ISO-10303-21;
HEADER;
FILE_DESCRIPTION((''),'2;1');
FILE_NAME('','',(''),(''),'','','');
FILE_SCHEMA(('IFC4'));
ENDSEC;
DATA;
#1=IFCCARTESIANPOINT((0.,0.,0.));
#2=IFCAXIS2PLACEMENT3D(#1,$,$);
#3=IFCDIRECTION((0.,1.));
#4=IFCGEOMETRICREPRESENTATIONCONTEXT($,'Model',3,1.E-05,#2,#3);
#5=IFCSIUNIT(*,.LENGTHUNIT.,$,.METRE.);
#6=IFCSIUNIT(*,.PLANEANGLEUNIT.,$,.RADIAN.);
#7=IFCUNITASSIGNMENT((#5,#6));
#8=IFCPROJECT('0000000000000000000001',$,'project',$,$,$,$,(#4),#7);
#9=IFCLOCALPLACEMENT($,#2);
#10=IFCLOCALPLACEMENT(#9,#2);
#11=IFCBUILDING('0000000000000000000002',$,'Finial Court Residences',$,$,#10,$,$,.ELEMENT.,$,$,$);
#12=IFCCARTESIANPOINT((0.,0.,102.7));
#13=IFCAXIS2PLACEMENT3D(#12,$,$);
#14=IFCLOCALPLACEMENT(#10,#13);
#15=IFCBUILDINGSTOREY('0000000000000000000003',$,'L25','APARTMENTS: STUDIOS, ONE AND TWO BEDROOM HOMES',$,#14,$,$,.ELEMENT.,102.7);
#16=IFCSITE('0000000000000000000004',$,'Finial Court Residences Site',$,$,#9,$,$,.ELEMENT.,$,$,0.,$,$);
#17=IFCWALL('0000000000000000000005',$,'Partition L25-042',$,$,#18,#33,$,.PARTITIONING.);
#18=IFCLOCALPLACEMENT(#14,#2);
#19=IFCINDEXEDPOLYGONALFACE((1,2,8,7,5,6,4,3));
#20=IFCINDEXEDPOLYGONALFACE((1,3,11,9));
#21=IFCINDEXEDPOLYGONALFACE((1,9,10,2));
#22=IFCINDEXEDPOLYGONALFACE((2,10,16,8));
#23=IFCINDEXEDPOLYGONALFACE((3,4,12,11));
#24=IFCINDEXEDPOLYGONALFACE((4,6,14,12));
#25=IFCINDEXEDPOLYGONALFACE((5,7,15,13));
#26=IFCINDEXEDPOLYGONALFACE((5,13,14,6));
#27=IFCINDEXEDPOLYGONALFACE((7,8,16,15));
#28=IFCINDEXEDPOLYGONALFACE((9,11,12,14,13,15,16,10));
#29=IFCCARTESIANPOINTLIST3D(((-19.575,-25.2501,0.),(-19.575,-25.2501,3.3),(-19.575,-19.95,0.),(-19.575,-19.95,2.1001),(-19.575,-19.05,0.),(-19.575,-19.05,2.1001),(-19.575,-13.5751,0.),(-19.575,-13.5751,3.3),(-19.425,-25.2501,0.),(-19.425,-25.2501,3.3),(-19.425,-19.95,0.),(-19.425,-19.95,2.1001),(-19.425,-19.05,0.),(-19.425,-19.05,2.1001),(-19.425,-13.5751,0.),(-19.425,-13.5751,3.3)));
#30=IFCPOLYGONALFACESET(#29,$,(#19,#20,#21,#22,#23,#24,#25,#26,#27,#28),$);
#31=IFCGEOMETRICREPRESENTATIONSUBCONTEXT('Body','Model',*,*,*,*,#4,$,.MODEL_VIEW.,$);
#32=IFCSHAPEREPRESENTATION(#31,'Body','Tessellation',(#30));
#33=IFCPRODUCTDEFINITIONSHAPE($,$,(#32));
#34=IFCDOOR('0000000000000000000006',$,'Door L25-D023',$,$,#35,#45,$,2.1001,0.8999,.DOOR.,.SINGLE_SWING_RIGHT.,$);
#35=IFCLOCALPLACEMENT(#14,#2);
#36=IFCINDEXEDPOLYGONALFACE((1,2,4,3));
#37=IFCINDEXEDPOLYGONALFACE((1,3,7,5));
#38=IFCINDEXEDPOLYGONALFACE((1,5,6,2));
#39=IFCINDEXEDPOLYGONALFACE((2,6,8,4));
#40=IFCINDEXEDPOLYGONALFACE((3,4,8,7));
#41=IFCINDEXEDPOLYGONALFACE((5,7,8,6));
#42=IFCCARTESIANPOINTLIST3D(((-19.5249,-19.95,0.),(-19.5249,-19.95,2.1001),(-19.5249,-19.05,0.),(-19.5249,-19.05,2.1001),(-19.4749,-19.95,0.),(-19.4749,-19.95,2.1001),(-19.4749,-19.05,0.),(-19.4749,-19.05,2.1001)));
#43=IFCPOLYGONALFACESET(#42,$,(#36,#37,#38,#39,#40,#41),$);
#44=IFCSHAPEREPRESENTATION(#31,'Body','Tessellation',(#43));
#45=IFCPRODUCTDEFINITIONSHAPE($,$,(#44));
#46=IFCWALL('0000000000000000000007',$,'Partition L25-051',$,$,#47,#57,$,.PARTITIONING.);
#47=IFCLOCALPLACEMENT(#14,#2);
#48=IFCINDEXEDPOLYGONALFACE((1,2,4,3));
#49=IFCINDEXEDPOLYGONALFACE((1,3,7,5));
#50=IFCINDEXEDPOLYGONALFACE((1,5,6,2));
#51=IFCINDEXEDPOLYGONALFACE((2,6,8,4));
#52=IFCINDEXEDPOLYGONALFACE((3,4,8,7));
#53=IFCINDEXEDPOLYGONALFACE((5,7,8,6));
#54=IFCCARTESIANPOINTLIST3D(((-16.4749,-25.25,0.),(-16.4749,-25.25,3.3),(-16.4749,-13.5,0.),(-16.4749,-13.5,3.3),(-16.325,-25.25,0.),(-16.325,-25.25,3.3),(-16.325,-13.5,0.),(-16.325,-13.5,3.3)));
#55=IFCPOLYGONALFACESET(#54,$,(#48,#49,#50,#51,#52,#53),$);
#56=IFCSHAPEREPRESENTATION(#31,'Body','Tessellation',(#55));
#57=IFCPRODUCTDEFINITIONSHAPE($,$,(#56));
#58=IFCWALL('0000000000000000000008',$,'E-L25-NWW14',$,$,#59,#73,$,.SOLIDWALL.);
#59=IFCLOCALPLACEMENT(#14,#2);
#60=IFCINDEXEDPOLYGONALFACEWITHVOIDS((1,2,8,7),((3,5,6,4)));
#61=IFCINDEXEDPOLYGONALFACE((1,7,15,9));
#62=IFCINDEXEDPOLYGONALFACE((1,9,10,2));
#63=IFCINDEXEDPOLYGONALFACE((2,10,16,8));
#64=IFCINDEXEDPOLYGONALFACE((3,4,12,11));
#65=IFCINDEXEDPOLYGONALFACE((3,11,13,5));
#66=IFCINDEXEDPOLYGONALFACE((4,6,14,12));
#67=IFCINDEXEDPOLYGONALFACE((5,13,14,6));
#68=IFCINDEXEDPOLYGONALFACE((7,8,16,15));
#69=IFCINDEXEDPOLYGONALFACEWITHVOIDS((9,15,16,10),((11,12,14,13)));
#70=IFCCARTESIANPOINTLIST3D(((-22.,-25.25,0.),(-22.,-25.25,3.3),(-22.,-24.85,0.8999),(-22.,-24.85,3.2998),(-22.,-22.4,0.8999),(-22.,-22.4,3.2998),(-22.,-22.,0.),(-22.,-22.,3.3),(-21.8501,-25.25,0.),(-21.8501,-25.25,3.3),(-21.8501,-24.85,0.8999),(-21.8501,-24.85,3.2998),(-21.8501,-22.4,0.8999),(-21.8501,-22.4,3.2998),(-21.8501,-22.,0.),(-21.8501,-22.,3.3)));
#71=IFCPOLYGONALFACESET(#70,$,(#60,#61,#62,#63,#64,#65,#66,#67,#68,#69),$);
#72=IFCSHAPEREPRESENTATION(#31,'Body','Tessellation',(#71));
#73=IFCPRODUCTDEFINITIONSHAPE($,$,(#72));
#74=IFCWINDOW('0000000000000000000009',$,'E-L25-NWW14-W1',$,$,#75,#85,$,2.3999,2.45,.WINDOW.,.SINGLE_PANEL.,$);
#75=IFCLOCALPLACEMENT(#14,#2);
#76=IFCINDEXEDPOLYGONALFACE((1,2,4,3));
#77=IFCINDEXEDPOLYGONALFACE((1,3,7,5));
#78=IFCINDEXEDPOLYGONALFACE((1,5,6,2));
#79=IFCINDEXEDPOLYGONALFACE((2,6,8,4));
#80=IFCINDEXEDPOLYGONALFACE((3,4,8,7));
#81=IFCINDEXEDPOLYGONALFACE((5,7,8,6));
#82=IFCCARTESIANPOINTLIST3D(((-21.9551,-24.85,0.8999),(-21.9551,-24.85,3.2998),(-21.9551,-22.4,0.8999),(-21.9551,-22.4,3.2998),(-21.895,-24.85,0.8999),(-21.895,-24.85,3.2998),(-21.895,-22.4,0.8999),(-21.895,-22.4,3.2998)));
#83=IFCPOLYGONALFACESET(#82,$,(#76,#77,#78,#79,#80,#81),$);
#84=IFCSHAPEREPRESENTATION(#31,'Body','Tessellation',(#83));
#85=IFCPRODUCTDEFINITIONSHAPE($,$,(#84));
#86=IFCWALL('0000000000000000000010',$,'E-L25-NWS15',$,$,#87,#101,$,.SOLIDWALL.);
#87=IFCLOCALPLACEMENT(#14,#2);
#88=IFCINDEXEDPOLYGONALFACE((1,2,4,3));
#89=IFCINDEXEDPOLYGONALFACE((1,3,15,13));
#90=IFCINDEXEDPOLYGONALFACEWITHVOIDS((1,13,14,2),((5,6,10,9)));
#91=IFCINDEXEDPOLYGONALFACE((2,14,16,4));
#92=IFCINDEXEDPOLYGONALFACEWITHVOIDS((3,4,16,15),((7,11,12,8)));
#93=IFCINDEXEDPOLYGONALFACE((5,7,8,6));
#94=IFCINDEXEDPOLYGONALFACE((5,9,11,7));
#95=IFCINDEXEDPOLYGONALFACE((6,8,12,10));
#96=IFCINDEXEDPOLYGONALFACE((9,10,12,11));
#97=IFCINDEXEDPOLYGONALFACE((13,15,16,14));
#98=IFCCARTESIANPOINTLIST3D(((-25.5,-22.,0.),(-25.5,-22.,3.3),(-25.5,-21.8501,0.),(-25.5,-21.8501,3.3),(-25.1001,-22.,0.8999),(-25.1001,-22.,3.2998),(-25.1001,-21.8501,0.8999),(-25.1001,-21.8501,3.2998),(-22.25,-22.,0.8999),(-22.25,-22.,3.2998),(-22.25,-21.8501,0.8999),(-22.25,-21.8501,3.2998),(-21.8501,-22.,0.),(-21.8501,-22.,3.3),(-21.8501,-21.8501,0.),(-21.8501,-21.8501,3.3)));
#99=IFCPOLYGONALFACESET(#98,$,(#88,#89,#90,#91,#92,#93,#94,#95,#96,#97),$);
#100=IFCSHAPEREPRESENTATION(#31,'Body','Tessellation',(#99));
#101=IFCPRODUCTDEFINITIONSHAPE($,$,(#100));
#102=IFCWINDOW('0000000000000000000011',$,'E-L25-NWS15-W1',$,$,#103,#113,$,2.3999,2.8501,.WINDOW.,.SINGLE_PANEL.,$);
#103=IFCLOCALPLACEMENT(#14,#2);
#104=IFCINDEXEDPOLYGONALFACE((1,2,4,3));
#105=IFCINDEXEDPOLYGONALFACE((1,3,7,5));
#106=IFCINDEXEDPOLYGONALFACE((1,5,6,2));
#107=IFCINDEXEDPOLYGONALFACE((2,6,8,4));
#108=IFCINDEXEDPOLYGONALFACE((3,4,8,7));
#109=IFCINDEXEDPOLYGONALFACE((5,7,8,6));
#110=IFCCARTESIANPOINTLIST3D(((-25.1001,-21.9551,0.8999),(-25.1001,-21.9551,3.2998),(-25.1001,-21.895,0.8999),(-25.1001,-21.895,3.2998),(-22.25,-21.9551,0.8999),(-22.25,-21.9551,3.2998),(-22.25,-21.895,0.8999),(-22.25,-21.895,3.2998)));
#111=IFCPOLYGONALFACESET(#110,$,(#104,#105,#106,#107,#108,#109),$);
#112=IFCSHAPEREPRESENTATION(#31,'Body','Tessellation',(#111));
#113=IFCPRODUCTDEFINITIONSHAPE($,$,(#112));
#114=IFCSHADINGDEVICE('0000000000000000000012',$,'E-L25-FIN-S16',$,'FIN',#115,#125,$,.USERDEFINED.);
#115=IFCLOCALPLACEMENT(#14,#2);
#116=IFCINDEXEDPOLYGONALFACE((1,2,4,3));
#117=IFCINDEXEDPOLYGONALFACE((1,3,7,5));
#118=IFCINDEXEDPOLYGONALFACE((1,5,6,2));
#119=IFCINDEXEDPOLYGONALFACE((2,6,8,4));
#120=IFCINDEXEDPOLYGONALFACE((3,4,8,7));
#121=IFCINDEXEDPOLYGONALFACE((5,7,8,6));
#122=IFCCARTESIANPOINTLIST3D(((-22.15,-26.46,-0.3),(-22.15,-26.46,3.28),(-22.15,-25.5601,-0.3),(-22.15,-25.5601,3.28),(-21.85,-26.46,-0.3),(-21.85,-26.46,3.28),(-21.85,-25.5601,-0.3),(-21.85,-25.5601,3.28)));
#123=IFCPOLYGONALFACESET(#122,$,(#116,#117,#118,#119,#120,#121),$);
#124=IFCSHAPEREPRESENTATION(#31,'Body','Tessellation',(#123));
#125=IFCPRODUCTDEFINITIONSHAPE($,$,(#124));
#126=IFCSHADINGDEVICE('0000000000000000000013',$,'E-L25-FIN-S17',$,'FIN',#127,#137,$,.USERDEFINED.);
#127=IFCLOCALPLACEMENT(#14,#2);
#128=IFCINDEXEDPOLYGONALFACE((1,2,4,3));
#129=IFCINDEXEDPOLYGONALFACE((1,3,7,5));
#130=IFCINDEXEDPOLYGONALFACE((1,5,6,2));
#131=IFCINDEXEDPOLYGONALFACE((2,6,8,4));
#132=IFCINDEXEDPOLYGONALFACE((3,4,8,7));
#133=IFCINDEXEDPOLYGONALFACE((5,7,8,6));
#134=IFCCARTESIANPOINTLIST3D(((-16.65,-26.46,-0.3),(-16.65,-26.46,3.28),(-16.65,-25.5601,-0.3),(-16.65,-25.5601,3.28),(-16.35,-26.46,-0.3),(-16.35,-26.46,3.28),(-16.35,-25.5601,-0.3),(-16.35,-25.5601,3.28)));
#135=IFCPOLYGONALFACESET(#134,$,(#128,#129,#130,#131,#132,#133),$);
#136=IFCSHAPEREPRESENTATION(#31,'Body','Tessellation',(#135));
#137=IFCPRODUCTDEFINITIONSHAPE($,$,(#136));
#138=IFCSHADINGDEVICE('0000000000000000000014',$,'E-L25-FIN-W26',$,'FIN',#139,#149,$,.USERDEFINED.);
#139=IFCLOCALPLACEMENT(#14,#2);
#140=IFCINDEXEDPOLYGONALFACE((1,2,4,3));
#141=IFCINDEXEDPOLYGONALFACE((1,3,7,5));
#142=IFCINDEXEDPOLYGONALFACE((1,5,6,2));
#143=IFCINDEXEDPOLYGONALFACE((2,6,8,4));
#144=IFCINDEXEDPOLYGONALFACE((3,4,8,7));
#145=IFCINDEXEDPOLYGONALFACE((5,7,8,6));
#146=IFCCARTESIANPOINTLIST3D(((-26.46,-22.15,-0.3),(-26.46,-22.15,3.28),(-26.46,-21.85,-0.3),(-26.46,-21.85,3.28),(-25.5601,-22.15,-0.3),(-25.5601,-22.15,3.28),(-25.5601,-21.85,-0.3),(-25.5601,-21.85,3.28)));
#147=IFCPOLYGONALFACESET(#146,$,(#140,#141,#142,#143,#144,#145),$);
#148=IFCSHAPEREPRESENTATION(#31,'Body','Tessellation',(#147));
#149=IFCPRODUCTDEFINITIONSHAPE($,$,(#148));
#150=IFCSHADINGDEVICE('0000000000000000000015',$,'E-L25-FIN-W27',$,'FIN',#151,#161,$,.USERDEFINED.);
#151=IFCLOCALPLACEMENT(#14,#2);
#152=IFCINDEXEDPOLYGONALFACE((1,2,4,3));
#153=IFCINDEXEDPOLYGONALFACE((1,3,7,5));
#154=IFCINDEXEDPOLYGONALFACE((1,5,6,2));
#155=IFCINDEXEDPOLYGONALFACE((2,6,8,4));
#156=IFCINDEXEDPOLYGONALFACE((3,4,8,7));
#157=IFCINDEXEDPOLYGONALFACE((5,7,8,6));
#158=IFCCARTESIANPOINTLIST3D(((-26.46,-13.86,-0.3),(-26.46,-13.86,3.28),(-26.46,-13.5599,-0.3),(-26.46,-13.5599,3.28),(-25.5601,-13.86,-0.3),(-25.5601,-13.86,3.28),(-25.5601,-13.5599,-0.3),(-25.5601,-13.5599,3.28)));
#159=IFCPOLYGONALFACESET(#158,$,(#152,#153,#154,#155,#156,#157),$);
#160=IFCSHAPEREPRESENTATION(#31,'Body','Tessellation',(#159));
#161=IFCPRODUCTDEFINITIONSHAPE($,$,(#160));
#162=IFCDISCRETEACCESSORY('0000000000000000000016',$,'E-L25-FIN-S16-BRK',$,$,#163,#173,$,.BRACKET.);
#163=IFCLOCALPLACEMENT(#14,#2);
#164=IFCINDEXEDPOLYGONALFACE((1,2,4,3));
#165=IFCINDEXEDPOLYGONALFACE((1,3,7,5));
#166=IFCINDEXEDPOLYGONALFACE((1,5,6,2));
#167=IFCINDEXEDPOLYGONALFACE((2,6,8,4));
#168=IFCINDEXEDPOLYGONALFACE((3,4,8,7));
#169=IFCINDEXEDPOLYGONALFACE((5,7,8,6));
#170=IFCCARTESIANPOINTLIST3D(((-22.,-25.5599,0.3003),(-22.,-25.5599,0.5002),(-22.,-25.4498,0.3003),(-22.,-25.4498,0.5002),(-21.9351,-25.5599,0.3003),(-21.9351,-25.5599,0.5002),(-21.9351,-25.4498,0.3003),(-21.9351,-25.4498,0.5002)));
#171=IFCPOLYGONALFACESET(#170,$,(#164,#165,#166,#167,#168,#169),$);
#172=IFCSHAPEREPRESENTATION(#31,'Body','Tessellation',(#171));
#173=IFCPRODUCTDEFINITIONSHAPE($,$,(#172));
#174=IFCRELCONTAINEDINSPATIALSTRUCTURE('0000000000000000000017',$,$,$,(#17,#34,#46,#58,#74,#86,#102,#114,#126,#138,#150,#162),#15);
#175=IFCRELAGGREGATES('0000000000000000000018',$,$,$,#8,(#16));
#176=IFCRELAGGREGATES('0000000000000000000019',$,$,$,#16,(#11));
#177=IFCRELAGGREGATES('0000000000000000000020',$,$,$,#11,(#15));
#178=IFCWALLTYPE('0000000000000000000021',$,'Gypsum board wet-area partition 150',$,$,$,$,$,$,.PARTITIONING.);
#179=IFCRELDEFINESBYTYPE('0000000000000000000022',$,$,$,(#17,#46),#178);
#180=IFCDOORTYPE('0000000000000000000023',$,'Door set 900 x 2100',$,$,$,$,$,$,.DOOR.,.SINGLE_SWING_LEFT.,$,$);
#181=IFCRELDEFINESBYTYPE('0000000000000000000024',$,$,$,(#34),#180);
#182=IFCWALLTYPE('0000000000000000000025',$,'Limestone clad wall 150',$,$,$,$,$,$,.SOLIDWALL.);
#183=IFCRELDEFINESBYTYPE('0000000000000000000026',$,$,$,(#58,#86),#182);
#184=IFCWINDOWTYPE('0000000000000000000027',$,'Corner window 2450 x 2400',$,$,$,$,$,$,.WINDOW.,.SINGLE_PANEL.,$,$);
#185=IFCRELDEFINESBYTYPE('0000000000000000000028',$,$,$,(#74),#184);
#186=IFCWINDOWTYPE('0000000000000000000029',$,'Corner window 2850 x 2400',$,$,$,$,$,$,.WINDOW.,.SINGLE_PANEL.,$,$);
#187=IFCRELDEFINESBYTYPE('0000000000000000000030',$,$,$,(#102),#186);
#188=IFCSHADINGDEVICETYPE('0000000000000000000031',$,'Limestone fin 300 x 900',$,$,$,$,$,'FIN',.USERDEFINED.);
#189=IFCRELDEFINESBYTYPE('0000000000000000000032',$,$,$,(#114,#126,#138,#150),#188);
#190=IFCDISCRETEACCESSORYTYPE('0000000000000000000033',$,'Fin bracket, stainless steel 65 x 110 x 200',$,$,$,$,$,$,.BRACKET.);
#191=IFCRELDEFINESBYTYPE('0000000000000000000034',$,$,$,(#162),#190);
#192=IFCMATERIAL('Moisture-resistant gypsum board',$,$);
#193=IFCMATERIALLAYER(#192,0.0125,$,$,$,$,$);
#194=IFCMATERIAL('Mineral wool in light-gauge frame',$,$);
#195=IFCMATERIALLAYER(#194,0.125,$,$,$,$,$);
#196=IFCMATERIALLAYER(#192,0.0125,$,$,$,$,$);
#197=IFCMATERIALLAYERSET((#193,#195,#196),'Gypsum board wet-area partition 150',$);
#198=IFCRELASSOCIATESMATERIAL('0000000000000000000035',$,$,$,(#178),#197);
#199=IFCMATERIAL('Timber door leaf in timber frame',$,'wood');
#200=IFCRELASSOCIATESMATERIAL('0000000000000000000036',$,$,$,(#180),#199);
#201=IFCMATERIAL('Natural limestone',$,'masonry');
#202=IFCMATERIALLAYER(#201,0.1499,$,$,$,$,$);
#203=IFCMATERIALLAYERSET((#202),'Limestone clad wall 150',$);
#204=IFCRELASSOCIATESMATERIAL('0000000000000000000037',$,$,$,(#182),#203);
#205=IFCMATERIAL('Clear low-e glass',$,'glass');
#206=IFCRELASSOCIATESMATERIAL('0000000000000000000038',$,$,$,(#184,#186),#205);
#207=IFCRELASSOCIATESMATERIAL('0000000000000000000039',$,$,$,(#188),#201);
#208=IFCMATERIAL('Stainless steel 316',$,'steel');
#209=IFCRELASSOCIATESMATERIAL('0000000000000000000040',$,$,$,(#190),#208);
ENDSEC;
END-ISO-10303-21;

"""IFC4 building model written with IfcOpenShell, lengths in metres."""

from ifc_helpers import new_model, si_unit, direction, frame, frame_2d, origin, origin_2d, place, context, subcontext, project, spatial, rectangle, extrude, material, layer, layer_set, type_object, element, fill, save


model = new_model("IFC4")

# Units and contexts
model_context = context("Model", 3, precision=1e-05, world=origin(), true_north=direction((0.0, 1.0)))
body_context = subcontext(model_context, "Body", "Model", "MODEL_VIEW")
ifc_project = project(units=[si_unit("LENGTHUNIT", "METRE"), si_unit("PLANEANGLEUNIT", "RADIAN")], contexts=[model_context])

# Site, building, storey
site_placement = place(None, origin())
site = spatial("IfcSite", under=ifc_project, at=site_placement, Name="Finial Court Residences Site", CompositionType="ELEMENT", RefElevation=0.0)
building_placement = place(site_placement, origin())
building = spatial("IfcBuilding", under=site, at=building_placement, Name="Finial Court Residences", CompositionType="ELEMENT")
storey_placement = place(building_placement, frame((0.0, 0.0, 102.7)))
storey = spatial("IfcBuildingStorey", under=building, at=storey_placement, Name="L25", Description="APARTMENTS: STUDIOS, ONE AND TWO BEDROOM HOMES", CompositionType="ELEMENT", Elevation=102.7)

# Shared definitions
ifc_material_1 = material(Name="Clear low-e glass", Category="glass")

# Wall, opening, door
ifc_material_2 = material(Name="Moisture-resistant gypsum board")
ifc_layer_1 = layer(ifc_material_2, 0.0125)
ifc_material_3 = material(Name="Mineral wool in light-gauge frame")
ifc_layer_2 = layer(ifc_material_3, 0.125)
ifc_layer_3 = layer(ifc_material_2, 0.0125)
ifc_layer_set_1 = layer_set([ifc_layer_1, ifc_layer_2, ifc_layer_3], Name="Gypsum board wet-area partition 150")
wall_type_1 = type_object("IfcWallType", Name="Gypsum board wet-area partition 150", PredefinedType="PARTITIONING", material=ifc_layer_set_1)
wall_1_placement = place(storey_placement, frame((-19.5, -25.25, 0.0), z_axis=(0.0, 0.0, 1.0), x_axis=(0.0, 1.0, 0.0)))
wall_1 = element("IfcWall", 1, at=wall_1_placement, inside=storey, type_object=wall_type_1, Name="Partition L25-042", PredefinedType="PARTITIONING", context=body_context, shape_type="SweptSolid", body=[
    extrude(rectangle(XDim=11.675, YDim=0.1499, at=frame_2d((5.8374, 0.0))), origin(), (0.0, 0.0, 1.0), 3.3),
])
opening_1_placement = place(wall_1_placement, frame((5.3, 0.0, 0.0)))
opening_1 = element("IfcOpeningElement", 2, at=opening_1_placement, cuts=wall_1, PredefinedType="OPENING", context=body_context, shape_type="SweptSolid", body=[
    extrude(rectangle(XDim=0.8999, YDim=2.1001, at=frame_2d((0.45, 1.05))), frame((0.0, 0.085, 0.0), z_axis=(0.0, -1.0, 0.0), x_axis=(1.0, 0.0, 0.0)), (0.0, 0.0, 1.0), 0.1699),
])
ifc_material_4 = material(Name="Timber door leaf in timber frame", Category="wood")
door_type = type_object("IfcDoorType", Name="Door set 900 x 2100", OperationType="SINGLE_SWING_LEFT", PredefinedType="DOOR", material=ifc_material_4)
door_placement = place(opening_1_placement, origin())
door = element("IfcDoor", 3, at=door_placement, inside=storey, type_object=door_type, Name="Door L25-D023", OperationType="SINGLE_SWING_RIGHT", OverallHeight=2.1001, OverallWidth=0.8999, PredefinedType="DOOR", context=body_context, shape_type="SweptSolid", body=[
    extrude(rectangle(XDim=0.8999, YDim=2.1001, at=frame_2d((0.45, 1.05))), frame((0.0, 0.0249, 0.0), z_axis=(0.0, -1.0, 0.0), x_axis=(1.0, 0.0, 0.0)), (0.0, 0.0, 1.0), 0.05),
])
fill(opening_1, door)

# Wall
wall_2_placement = place(storey_placement, frame((-16.3999, -25.25, 0.0), z_axis=(0.0, 0.0, 1.0), x_axis=(0.0, 1.0, 0.0)))
element("IfcWall", 4, at=wall_2_placement, inside=storey, type_object=wall_type_1, Name="Partition L25-051", PredefinedType="PARTITIONING", context=body_context, shape_type="SweptSolid", body=[
    extrude(rectangle(XDim=11.75, YDim=0.1499, at=frame_2d((5.875, 0.0))), origin(), (0.0, 0.0, 1.0), 3.3),
])

# Walls, openings, windows
ifc_material_5 = material(Name="Natural limestone", Category="masonry")
ifc_layer_4 = layer(ifc_material_5, 0.1499)
ifc_layer_set_2 = layer_set([ifc_layer_4], Name="Limestone clad wall 150")
wall_type_2 = type_object("IfcWallType", Name="Limestone clad wall 150", PredefinedType="SOLIDWALL", material=ifc_layer_set_2)
wall_3_placement = place(storey_placement, frame((-21.925, -25.25, 0.0), z_axis=(0.0, 0.0, 1.0), x_axis=(0.0, 1.0, 0.0)))
wall_3 = element("IfcWall", 5, at=wall_3_placement, inside=storey, type_object=wall_type_2, Name="E-L25-NWW14", PredefinedType="SOLIDWALL", context=body_context, shape_type="SweptSolid", body=[
    extrude(rectangle(XDim=3.25, YDim=0.1499, at=frame_2d((1.625, 0.0))), origin(), (0.0, 0.0, 1.0), 3.3),
])
opening_2_placement = place(wall_3_placement, frame((0.3999, 0.0, 0.8999)))
opening_2 = element("IfcOpeningElement", 6, at=opening_2_placement, cuts=wall_3, PredefinedType="OPENING", context=body_context, shape_type="SweptSolid", body=[
    extrude(rectangle(XDim=2.45, YDim=2.3999, at=frame_2d((1.2251, 1.2))), frame((0.0, 0.085, 0.0), z_axis=(0.0, -1.0, 0.0), x_axis=(1.0, 0.0, 0.0)), (0.0, 0.0, 1.0), 0.1699),
])
window_type_1 = type_object("IfcWindowType", Name="Corner window 2450 x 2400", PartitioningType="SINGLE_PANEL", PredefinedType="WINDOW", material=ifc_material_1)
window_1_placement = place(opening_2_placement, origin())
window_1 = element("IfcWindow", 7, at=window_1_placement, inside=storey, type_object=window_type_1, Name="E-L25-NWW14-W1", OverallHeight=2.3999, OverallWidth=2.45, PartitioningType="SINGLE_PANEL", PredefinedType="WINDOW", context=body_context, shape_type="SweptSolid", body=[
    extrude(rectangle(XDim=2.45, YDim=2.3999, at=frame_2d((1.2251, 1.2))), frame((0.0, 0.03, 0.0), z_axis=(0.0, -1.0, 0.0), x_axis=(1.0, 0.0, 0.0)), (0.0, 0.0, 1.0), 0.0601),
])
fill(opening_2, window_1)
wall_4_placement = place(storey_placement, frame((-21.8501, -21.925, 0.0), z_axis=(0.0, 0.0, 1.0), x_axis=(-1.0, 0.0, 0.0)))
wall_4 = element("IfcWall", 8, at=wall_4_placement, inside=storey, type_object=wall_type_2, Name="E-L25-NWS15", PredefinedType="SOLIDWALL", context=body_context, shape_type="SweptSolid", body=[
    extrude(rectangle(XDim=3.6499, YDim=0.1499, at=frame_2d((1.825, 0.0))), origin(), (0.0, 0.0, 1.0), 3.3),
])
opening_3_placement = place(wall_4_placement, frame((0.3999, 0.0, 0.8999)))
opening_3 = element("IfcOpeningElement", 9, at=opening_3_placement, cuts=wall_4, PredefinedType="OPENING", context=body_context, shape_type="SweptSolid", body=[
    extrude(rectangle(XDim=2.8501, YDim=2.3999, at=frame_2d((1.425, 1.2))), frame((0.0, 0.085, 0.0), z_axis=(0.0, -1.0, 0.0), x_axis=(1.0, 0.0, 0.0)), (0.0, 0.0, 1.0), 0.1699),
])
window_type_2 = type_object("IfcWindowType", Name="Corner window 2850 x 2400", PartitioningType="SINGLE_PANEL", PredefinedType="WINDOW", material=ifc_material_1)
window_2_placement = place(opening_3_placement, origin())
window_2 = element("IfcWindow", 10, at=window_2_placement, inside=storey, type_object=window_type_2, Name="E-L25-NWS15-W1", OverallHeight=2.3999, OverallWidth=2.8501, PartitioningType="SINGLE_PANEL", PredefinedType="WINDOW", context=body_context, shape_type="SweptSolid", body=[
    extrude(rectangle(XDim=2.8501, YDim=2.3999, at=frame_2d((1.425, 1.2))), frame((0.0, 0.03, 0.0), z_axis=(0.0, -1.0, 0.0), x_axis=(1.0, 0.0, 0.0)), (0.0, 0.0, 1.0), 0.0601),
])
fill(opening_3, window_2)

# Shading devices
shading_device_type = type_object("IfcShadingDeviceType", Name="Limestone fin 300 x 900", ElementType="FIN", PredefinedType="USERDEFINED", material=ifc_material_5)
for number, where, z_axis, x_axis, name in (
    (11, (-22.0, -26.01, -0.3), (0.0, 0.0, 1.0), (1.0, 0.0, 0.0), "E-L25-FIN-S16"),
    (12, (-16.5, -26.01, -0.3), (0.0, 0.0, 1.0), (1.0, 0.0, 0.0), "E-L25-FIN-S17"),
):
    element("IfcShadingDevice", number, at=place(storey_placement, frame(where, z_axis=z_axis, x_axis=x_axis)), inside=storey, type_object=shading_device_type, Name=name, ObjectType="FIN", PredefinedType="USERDEFINED", context=body_context, shape_type="SweptSolid", body=[
        extrude(rectangle(XDim=0.3, YDim=0.8999, at=origin_2d()), origin(), (0.0, 0.0, 1.0), 3.5801),
    ])
for number, where, z_axis, x_axis, name in (
    (13, (-26.01, -22.0, -0.3), (0.0, 0.0, 1.0), (1.0, 0.0, 0.0), "E-L25-FIN-W26"),
    (14, (-26.01, -13.71, -0.3), (0.0, 0.0, 1.0), (1.0, 0.0, 0.0), "E-L25-FIN-W27"),
):
    element("IfcShadingDevice", number, at=place(storey_placement, frame(where, z_axis=z_axis, x_axis=x_axis)), inside=storey, type_object=shading_device_type, Name=name, ObjectType="FIN", PredefinedType="USERDEFINED", context=body_context, shape_type="SweptSolid", body=[
        extrude(rectangle(XDim=0.8999, YDim=0.3, at=origin_2d()), origin(), (0.0, 0.0, 1.0), 3.5801),
    ])

# Discrete accessory
ifc_material_6 = material(Name="Stainless steel 316", Category="steel")
discrete_accessory_type = type_object("IfcDiscreteAccessoryType", Name="Fin bracket, stainless steel 65 x 110 x 200", PredefinedType="BRACKET", material=ifc_material_6)
for number, where, z_axis, x_axis, name in (
    (15, (-21.9675, -25.5049, 0.3003), (0.0, 0.0, 1.0), (1.0, 0.0, 0.0), "E-L25-FIN-S16-BRK"),
):
    element("IfcDiscreteAccessory", number, at=place(storey_placement, frame(where, z_axis=z_axis, x_axis=x_axis)), inside=storey, type_object=discrete_accessory_type, Name=name, PredefinedType="BRACKET", context=body_context, shape_type="SweptSolid", body=[
        extrude(rectangle(XDim=0.0649, YDim=0.1101, at=origin_2d()), origin(), (0.0, 0.0, 1.0), 0.2),
    ])

save(model, "model.ifc")
